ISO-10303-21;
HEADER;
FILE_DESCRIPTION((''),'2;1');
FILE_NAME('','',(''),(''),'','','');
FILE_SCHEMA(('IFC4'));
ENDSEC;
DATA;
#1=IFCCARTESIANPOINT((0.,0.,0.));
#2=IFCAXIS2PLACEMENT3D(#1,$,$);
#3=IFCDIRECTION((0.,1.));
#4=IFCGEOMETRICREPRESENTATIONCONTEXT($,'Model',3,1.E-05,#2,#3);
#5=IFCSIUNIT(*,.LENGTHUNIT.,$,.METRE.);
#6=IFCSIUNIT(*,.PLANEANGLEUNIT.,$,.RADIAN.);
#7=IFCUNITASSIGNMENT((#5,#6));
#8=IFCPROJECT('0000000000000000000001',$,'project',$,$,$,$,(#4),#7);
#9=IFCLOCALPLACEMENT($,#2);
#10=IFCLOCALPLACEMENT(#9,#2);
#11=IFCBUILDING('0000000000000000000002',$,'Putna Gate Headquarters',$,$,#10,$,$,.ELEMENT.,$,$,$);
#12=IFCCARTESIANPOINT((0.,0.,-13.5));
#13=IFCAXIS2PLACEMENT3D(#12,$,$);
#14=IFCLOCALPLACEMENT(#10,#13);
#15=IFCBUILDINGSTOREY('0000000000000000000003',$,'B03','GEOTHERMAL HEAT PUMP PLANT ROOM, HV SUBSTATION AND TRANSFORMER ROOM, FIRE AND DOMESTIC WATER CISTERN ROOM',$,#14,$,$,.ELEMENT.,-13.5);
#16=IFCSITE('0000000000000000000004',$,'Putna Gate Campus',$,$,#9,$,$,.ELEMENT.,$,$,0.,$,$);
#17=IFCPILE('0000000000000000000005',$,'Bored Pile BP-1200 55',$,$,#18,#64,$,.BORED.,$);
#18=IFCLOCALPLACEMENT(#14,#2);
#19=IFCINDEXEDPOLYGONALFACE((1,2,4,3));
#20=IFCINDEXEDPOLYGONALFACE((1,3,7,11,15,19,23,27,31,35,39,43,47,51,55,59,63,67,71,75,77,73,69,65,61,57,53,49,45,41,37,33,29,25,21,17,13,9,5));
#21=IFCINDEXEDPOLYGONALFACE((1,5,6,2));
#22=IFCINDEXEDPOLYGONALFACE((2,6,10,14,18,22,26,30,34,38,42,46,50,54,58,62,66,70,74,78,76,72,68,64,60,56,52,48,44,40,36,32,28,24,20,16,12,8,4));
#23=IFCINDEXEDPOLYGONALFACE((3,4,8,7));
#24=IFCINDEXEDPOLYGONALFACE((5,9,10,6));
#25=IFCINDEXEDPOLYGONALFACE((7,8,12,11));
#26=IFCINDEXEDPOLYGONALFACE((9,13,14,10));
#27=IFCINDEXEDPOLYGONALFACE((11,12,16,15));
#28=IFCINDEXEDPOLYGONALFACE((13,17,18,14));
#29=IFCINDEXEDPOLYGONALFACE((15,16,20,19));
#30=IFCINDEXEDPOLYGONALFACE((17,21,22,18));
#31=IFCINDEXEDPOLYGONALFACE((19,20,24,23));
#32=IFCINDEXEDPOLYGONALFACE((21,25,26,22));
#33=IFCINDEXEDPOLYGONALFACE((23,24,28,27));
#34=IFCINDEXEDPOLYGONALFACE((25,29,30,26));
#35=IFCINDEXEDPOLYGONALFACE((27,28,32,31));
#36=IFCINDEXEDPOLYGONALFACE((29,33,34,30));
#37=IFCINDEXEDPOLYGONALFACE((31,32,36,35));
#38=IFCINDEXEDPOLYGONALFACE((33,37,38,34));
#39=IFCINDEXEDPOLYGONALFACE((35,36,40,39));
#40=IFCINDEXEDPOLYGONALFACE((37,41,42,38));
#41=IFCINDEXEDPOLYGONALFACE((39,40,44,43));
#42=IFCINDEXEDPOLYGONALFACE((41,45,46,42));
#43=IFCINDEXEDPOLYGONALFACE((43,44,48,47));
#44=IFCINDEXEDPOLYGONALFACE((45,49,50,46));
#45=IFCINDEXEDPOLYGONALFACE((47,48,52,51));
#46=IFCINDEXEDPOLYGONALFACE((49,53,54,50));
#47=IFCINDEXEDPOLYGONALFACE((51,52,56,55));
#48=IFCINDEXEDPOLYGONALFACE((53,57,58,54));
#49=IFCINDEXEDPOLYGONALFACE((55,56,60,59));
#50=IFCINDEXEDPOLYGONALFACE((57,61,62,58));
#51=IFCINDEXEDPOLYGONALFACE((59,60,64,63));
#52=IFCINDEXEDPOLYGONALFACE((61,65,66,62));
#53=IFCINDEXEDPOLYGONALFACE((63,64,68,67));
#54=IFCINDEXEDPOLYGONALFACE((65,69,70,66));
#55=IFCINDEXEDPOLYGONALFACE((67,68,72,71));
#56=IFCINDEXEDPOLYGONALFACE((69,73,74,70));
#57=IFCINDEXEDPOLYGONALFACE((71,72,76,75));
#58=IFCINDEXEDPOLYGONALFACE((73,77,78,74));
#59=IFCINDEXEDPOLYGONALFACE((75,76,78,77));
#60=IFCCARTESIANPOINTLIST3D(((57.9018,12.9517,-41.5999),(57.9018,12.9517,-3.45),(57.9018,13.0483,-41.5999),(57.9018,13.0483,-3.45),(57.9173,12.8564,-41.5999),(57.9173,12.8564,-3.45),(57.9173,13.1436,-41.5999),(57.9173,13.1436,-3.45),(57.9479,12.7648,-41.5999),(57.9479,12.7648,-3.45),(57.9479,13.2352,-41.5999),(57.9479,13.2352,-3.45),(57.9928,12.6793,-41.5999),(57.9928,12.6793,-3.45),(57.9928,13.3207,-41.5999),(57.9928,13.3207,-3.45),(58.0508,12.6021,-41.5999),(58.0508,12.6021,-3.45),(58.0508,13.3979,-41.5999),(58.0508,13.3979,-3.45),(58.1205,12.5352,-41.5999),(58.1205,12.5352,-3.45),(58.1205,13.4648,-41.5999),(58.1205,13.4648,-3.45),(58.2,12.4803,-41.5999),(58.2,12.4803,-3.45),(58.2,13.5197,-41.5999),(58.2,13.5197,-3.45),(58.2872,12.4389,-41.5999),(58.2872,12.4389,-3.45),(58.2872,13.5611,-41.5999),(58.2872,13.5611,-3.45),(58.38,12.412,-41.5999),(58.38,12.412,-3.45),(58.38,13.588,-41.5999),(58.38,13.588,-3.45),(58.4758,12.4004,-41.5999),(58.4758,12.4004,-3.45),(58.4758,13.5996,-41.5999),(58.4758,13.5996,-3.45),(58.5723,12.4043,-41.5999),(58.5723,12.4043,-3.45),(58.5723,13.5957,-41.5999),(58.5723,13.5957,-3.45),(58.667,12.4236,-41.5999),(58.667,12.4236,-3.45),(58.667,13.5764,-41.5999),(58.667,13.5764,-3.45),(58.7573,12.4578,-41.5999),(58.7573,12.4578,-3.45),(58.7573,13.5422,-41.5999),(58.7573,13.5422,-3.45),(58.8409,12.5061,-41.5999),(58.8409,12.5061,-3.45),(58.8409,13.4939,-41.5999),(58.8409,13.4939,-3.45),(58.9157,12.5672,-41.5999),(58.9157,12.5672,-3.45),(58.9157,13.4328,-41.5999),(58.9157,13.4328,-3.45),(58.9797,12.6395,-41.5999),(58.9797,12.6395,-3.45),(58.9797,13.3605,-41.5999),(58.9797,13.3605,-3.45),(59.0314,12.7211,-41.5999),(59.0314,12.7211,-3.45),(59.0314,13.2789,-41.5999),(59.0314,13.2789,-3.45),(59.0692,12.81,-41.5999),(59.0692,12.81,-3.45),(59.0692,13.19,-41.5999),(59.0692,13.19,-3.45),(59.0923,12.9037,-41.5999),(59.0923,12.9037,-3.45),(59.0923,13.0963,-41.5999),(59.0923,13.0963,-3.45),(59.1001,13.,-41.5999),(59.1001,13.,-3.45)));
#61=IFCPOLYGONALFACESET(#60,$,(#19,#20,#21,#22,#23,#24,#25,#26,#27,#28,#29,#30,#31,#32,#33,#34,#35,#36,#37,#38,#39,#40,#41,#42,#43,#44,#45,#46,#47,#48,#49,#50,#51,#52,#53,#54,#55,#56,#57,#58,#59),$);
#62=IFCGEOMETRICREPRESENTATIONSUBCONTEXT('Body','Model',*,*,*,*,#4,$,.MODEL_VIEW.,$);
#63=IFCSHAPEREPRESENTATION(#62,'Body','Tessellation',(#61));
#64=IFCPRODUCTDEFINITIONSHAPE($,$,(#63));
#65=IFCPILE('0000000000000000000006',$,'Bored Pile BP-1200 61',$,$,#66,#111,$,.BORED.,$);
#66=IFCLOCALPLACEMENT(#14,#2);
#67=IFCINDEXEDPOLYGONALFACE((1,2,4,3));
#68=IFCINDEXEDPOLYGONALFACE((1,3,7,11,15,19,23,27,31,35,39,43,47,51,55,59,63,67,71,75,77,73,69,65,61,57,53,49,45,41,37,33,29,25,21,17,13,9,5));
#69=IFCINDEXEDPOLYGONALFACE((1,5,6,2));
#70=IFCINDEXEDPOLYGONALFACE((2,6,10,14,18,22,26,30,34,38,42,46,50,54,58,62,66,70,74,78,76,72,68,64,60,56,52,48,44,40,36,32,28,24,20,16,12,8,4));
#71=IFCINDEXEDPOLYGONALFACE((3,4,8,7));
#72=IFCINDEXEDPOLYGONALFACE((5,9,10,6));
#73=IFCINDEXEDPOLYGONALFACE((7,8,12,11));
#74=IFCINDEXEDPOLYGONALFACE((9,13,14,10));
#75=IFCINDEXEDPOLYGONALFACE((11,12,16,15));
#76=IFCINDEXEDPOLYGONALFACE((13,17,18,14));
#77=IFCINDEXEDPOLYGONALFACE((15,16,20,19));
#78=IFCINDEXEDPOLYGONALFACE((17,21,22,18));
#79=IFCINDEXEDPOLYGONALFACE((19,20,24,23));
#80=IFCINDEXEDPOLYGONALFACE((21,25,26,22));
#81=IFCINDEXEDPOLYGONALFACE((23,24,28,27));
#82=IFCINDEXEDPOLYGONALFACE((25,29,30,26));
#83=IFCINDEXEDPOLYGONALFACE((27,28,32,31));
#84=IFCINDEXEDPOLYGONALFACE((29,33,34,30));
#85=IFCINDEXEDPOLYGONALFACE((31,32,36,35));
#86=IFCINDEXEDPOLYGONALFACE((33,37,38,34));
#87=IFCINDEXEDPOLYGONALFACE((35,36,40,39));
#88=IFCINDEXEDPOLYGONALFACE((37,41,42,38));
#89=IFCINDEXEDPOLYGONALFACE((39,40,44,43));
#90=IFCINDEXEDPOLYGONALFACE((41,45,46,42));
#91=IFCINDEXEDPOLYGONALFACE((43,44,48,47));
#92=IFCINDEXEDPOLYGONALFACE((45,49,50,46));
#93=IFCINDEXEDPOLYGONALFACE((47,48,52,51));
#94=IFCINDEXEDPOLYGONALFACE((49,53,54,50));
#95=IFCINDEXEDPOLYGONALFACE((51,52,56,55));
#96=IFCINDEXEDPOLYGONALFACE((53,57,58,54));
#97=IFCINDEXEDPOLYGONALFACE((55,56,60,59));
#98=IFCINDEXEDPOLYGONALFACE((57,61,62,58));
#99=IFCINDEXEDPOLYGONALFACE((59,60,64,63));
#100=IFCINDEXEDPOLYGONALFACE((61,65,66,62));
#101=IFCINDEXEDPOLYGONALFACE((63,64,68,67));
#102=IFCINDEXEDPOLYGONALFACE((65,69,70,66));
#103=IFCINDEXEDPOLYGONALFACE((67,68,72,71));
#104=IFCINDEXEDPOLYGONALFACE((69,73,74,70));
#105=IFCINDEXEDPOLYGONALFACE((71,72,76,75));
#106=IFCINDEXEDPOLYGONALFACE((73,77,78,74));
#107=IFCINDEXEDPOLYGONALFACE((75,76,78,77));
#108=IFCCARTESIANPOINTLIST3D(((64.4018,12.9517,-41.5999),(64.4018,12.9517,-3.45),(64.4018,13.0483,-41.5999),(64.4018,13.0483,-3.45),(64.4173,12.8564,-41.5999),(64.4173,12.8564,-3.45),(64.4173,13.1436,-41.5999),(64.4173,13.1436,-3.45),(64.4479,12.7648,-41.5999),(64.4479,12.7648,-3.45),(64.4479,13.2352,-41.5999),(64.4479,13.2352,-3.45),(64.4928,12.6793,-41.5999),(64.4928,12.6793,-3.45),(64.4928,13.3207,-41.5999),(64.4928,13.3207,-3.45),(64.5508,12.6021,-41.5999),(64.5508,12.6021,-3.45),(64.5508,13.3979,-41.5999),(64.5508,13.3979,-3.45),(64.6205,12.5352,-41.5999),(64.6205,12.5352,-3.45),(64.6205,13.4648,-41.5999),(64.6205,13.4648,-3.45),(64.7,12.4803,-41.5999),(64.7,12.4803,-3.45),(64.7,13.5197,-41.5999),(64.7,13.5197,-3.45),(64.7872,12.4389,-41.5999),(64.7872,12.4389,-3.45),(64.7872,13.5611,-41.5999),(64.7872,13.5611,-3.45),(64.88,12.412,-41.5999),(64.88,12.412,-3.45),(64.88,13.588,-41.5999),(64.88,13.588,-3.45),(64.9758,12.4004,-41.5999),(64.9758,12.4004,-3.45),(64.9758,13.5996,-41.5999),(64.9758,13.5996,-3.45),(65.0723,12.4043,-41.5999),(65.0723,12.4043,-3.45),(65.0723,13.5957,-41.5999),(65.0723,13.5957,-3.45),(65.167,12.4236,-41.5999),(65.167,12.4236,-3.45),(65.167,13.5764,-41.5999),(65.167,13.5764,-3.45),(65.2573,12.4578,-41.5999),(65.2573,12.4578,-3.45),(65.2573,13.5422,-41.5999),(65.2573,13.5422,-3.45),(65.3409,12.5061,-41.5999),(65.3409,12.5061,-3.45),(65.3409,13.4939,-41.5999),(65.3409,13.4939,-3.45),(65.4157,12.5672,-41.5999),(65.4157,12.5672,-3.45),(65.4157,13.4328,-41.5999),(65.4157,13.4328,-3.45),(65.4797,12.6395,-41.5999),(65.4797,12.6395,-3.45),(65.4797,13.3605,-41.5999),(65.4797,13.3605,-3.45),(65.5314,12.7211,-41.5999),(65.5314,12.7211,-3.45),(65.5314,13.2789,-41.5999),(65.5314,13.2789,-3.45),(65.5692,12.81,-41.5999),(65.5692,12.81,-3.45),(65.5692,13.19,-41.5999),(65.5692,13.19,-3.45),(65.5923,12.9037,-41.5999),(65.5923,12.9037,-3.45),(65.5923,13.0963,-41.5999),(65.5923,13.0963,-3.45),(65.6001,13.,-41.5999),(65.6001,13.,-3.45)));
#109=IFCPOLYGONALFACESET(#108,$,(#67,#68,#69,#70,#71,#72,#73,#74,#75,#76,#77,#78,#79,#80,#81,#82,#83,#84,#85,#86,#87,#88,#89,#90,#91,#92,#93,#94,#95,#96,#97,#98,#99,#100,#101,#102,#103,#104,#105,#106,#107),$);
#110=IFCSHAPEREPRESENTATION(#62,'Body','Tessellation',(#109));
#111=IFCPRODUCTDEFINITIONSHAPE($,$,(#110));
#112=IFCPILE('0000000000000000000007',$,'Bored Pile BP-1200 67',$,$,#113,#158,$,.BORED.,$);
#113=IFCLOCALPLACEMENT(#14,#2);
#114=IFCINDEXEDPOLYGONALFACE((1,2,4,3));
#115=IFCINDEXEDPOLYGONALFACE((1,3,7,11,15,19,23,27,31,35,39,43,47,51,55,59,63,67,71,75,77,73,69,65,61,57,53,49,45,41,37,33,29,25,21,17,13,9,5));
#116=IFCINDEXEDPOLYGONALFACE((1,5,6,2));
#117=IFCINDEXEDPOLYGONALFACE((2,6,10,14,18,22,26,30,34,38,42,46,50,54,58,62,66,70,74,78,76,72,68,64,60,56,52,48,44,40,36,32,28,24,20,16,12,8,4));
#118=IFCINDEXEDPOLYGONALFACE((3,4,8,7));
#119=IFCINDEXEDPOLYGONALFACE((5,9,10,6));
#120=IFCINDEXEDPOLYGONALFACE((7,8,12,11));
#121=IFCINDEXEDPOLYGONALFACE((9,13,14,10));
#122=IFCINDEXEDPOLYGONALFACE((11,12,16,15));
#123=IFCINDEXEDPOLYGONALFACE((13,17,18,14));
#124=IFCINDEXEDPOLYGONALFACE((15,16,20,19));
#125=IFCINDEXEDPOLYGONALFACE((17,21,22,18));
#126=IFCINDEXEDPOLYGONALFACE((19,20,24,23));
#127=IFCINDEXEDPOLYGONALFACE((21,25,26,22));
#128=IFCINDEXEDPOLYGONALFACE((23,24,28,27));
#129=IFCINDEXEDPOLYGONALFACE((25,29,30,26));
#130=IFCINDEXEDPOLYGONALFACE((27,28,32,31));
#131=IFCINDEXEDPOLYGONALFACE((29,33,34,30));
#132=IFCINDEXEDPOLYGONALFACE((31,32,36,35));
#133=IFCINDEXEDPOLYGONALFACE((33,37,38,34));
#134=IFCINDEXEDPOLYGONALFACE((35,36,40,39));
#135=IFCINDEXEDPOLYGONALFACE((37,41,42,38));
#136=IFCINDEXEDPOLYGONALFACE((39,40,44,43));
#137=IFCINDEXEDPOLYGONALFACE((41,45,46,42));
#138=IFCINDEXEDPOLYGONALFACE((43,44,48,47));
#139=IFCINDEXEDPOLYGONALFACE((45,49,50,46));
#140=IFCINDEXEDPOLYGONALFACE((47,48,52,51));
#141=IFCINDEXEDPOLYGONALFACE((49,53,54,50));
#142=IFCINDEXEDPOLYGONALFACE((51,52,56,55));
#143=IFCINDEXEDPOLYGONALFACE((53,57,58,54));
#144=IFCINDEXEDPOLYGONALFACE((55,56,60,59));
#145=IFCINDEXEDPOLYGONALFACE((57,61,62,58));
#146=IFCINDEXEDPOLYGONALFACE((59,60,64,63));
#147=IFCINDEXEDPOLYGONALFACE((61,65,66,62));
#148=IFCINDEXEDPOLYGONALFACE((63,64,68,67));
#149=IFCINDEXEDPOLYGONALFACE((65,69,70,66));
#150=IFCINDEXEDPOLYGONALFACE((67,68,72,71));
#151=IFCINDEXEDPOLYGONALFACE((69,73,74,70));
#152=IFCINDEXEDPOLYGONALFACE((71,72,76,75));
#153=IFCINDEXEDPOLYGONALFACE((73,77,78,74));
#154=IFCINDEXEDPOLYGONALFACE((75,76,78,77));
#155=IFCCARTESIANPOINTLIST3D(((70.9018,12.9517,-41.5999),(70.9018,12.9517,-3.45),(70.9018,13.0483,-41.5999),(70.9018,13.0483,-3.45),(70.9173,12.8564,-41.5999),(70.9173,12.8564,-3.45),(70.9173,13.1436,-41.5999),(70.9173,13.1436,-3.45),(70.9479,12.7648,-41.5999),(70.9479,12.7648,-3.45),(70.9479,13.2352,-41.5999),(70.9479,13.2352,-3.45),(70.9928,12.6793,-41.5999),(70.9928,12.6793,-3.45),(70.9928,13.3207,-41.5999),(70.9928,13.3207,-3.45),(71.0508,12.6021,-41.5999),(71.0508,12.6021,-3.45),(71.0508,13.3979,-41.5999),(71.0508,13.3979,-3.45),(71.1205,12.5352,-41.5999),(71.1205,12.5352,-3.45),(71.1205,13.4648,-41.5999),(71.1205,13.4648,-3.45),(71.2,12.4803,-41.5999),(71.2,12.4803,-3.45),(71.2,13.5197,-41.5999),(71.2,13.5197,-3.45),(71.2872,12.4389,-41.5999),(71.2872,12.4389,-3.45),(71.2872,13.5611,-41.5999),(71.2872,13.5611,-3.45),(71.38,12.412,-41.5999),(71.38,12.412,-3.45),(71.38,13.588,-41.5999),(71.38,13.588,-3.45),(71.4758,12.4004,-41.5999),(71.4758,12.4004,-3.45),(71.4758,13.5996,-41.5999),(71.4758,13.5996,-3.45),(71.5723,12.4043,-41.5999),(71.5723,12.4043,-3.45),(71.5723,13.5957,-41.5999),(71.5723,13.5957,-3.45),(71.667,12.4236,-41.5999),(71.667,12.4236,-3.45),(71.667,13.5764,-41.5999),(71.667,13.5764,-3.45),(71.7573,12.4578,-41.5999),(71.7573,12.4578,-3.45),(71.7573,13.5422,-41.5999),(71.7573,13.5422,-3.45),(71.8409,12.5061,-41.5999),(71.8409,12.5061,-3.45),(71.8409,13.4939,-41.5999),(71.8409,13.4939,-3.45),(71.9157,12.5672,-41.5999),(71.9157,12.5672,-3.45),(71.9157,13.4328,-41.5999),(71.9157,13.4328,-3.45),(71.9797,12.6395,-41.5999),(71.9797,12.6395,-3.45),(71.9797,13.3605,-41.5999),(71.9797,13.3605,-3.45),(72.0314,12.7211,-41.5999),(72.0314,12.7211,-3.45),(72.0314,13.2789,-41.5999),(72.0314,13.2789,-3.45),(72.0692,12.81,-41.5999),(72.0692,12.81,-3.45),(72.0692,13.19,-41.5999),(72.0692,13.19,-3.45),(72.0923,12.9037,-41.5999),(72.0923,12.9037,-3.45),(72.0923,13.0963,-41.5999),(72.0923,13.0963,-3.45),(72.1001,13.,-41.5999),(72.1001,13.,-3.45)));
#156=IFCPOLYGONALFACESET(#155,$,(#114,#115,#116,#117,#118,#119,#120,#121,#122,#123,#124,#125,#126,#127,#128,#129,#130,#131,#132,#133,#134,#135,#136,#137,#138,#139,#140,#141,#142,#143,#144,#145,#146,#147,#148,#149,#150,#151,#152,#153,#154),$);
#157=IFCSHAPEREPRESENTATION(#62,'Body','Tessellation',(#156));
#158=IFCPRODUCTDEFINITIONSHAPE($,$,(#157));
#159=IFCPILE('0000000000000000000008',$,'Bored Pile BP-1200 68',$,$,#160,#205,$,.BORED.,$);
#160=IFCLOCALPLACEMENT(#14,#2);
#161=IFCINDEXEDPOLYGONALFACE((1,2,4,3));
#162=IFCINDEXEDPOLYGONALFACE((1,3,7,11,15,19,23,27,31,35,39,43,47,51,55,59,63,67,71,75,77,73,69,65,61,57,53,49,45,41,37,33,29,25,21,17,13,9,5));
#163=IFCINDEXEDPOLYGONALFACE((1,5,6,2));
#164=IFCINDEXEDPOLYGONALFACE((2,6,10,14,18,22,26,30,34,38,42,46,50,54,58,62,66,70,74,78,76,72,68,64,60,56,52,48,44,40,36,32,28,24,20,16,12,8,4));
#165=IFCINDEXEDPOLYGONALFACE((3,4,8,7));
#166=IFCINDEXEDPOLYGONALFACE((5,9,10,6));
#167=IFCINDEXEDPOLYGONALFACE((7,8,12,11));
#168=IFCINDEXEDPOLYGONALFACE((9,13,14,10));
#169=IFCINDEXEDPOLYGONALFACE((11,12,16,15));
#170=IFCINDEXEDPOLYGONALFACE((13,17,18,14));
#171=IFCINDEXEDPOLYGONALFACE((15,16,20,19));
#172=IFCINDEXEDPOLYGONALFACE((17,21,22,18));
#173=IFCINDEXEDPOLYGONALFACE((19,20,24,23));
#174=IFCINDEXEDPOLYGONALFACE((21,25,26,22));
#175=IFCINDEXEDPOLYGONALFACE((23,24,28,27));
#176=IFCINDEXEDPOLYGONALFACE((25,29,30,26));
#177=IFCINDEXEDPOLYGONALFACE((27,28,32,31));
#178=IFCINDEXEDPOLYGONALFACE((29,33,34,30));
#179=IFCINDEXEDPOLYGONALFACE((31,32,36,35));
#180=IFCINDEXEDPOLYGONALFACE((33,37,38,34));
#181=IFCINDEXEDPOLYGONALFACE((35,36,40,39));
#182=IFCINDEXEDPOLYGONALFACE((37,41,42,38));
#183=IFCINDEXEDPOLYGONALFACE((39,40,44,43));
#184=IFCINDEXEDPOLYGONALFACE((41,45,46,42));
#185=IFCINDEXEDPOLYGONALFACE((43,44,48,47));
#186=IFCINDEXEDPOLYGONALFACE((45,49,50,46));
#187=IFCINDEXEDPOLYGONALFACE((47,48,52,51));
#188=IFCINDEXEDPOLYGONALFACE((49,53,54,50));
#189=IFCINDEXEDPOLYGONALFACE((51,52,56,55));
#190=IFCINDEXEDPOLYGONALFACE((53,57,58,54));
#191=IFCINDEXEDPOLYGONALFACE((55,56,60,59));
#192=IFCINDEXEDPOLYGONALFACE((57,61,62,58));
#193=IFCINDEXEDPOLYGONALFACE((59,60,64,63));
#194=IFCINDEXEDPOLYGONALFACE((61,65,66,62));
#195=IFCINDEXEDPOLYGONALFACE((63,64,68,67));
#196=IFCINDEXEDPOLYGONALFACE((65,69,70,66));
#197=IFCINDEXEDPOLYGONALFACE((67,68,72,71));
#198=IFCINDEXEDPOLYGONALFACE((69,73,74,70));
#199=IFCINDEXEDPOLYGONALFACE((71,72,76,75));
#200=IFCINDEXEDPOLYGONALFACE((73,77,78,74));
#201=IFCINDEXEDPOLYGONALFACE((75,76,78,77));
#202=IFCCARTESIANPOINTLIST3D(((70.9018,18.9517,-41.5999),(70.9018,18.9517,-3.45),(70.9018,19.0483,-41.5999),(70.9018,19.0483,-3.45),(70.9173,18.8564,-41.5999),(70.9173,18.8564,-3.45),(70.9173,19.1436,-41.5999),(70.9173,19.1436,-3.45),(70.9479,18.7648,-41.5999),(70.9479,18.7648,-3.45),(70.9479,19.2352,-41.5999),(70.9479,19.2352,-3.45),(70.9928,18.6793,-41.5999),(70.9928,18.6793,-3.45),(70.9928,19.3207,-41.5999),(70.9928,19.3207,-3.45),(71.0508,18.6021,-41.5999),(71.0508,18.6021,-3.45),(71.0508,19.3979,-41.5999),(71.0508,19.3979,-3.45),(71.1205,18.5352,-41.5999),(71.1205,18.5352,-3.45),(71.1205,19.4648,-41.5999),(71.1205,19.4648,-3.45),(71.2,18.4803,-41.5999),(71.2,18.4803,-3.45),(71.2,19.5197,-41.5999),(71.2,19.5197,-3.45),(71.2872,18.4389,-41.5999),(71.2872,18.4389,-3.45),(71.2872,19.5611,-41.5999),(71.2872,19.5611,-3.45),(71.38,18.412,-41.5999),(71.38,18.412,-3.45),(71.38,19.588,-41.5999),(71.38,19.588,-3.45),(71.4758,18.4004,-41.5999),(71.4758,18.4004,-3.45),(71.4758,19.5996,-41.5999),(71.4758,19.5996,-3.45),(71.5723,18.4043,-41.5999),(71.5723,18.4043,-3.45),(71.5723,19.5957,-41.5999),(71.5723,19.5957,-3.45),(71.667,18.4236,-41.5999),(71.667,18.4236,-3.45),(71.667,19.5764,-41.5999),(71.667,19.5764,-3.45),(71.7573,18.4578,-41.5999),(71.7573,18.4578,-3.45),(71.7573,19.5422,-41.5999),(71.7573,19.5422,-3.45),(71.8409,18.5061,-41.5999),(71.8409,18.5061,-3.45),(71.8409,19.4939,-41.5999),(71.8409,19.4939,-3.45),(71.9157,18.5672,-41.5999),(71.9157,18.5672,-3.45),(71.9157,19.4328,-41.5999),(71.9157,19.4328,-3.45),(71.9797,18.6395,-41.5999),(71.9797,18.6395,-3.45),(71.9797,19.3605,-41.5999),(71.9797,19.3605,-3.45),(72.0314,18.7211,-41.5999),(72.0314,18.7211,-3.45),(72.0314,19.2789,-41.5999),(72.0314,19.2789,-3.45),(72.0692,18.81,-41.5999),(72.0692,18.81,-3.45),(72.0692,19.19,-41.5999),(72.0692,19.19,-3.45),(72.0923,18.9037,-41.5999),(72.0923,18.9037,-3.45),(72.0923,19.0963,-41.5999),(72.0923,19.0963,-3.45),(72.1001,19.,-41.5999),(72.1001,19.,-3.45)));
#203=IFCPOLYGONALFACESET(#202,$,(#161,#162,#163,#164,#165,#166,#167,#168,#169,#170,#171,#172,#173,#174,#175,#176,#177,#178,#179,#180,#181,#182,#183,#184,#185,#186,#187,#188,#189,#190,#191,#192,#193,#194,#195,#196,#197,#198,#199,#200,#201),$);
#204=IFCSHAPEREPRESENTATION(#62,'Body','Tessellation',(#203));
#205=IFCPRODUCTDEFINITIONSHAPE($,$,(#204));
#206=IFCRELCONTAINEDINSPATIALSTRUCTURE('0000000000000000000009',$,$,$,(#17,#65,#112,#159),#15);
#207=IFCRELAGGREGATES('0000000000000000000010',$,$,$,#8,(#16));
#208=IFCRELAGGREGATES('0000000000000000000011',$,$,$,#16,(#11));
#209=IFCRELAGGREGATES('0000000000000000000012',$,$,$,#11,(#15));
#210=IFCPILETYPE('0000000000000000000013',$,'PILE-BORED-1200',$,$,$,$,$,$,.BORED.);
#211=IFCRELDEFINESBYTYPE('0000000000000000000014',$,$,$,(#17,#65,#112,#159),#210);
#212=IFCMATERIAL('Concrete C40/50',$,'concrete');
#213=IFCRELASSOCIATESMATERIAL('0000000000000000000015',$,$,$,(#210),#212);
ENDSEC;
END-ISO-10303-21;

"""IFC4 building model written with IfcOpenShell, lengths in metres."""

from ifc_helpers import new_model, si_unit, direction, frame, origin, origin_2d, place, context, subcontext, project, spatial, circle, extrude, material, material_profile, profile_set, type_object, element, save


model = new_model("IFC4")

# Units and contexts
model_context = context("Model", 3, precision=1e-05, world=origin(), true_north=direction((0.0, 1.0)))
body_context = subcontext(model_context, "Body", "Model", "MODEL_VIEW")
ifc_project = project(units=[si_unit("LENGTHUNIT", "METRE"), si_unit("PLANEANGLEUNIT", "RADIAN")], contexts=[model_context])

# Site, building, storey
site_placement = place(None, origin())
site = spatial("IfcSite", under=ifc_project, at=site_placement, Name="Putna Gate Campus", CompositionType="ELEMENT", RefElevation=0.0)
building_placement = place(site_placement, origin())
building = spatial("IfcBuilding", under=site, at=building_placement, Name="Putna Gate Headquarters", CompositionType="ELEMENT")
storey_placement = place(building_placement, frame((0.0, 0.0, -13.5)))
storey = spatial("IfcBuildingStorey", under=building, at=storey_placement, Name="B03", Description="GEOTHERMAL HEAT PUMP PLANT ROOM, HV SUBSTATION AND TRANSFORMER ROOM, FIRE AND DOMESTIC WATER CISTERN ROOM", CompositionType="ELEMENT", Elevation=-13.5)

# Piles
ifc_material_1 = material(Name="Concrete C40/50", Category="concrete")
ifc_material_profile_1 = material_profile(ifc_material_1, circle(Radius=0.6001, at=origin_2d()), Name="Concrete C40/50")
ifc_profile_set_1 = profile_set([ifc_material_profile_1], Name="Concrete C40/50")
pile_type_1 = type_object("IfcPileType", Name="PILE-BORED-1200", PredefinedType="BORED", material=ifc_profile_set_1)
for number, where, z_axis, x_axis, name in (
    (1, (58.5, 13.0, -3.45), (0.0, 0.0, -1.0), (1.0, 0.0, 0.0), "Bored Pile BP-1200 55"),
    (2, (65.0, 13.0, -3.45), (0.0, 0.0, -1.0), (1.0, 0.0, 0.0), "Bored Pile BP-1200 61"),
    (3, (71.5, 13.0, -3.45), (0.0, 0.0, -1.0), (1.0, 0.0, 0.0), "Bored Pile BP-1200 67"),
    (4, (71.5, 19.0, -3.45), (0.0, 0.0, -1.0), (1.0, 0.0, 0.0), "Bored Pile BP-1200 68"),
):
    element("IfcPile", number, at=place(storey_placement, frame(where, z_axis=z_axis, x_axis=x_axis)), inside=storey, type_object=pile_type_1, Name=name, PredefinedType="BORED", context=body_context, shape_type="SweptSolid", body=[
        extrude(circle(Radius=0.6001, at=origin_2d()), origin(), (0.0, 0.0, 1.0), 38.1499),
    ])

save(model, "model.ifc")
